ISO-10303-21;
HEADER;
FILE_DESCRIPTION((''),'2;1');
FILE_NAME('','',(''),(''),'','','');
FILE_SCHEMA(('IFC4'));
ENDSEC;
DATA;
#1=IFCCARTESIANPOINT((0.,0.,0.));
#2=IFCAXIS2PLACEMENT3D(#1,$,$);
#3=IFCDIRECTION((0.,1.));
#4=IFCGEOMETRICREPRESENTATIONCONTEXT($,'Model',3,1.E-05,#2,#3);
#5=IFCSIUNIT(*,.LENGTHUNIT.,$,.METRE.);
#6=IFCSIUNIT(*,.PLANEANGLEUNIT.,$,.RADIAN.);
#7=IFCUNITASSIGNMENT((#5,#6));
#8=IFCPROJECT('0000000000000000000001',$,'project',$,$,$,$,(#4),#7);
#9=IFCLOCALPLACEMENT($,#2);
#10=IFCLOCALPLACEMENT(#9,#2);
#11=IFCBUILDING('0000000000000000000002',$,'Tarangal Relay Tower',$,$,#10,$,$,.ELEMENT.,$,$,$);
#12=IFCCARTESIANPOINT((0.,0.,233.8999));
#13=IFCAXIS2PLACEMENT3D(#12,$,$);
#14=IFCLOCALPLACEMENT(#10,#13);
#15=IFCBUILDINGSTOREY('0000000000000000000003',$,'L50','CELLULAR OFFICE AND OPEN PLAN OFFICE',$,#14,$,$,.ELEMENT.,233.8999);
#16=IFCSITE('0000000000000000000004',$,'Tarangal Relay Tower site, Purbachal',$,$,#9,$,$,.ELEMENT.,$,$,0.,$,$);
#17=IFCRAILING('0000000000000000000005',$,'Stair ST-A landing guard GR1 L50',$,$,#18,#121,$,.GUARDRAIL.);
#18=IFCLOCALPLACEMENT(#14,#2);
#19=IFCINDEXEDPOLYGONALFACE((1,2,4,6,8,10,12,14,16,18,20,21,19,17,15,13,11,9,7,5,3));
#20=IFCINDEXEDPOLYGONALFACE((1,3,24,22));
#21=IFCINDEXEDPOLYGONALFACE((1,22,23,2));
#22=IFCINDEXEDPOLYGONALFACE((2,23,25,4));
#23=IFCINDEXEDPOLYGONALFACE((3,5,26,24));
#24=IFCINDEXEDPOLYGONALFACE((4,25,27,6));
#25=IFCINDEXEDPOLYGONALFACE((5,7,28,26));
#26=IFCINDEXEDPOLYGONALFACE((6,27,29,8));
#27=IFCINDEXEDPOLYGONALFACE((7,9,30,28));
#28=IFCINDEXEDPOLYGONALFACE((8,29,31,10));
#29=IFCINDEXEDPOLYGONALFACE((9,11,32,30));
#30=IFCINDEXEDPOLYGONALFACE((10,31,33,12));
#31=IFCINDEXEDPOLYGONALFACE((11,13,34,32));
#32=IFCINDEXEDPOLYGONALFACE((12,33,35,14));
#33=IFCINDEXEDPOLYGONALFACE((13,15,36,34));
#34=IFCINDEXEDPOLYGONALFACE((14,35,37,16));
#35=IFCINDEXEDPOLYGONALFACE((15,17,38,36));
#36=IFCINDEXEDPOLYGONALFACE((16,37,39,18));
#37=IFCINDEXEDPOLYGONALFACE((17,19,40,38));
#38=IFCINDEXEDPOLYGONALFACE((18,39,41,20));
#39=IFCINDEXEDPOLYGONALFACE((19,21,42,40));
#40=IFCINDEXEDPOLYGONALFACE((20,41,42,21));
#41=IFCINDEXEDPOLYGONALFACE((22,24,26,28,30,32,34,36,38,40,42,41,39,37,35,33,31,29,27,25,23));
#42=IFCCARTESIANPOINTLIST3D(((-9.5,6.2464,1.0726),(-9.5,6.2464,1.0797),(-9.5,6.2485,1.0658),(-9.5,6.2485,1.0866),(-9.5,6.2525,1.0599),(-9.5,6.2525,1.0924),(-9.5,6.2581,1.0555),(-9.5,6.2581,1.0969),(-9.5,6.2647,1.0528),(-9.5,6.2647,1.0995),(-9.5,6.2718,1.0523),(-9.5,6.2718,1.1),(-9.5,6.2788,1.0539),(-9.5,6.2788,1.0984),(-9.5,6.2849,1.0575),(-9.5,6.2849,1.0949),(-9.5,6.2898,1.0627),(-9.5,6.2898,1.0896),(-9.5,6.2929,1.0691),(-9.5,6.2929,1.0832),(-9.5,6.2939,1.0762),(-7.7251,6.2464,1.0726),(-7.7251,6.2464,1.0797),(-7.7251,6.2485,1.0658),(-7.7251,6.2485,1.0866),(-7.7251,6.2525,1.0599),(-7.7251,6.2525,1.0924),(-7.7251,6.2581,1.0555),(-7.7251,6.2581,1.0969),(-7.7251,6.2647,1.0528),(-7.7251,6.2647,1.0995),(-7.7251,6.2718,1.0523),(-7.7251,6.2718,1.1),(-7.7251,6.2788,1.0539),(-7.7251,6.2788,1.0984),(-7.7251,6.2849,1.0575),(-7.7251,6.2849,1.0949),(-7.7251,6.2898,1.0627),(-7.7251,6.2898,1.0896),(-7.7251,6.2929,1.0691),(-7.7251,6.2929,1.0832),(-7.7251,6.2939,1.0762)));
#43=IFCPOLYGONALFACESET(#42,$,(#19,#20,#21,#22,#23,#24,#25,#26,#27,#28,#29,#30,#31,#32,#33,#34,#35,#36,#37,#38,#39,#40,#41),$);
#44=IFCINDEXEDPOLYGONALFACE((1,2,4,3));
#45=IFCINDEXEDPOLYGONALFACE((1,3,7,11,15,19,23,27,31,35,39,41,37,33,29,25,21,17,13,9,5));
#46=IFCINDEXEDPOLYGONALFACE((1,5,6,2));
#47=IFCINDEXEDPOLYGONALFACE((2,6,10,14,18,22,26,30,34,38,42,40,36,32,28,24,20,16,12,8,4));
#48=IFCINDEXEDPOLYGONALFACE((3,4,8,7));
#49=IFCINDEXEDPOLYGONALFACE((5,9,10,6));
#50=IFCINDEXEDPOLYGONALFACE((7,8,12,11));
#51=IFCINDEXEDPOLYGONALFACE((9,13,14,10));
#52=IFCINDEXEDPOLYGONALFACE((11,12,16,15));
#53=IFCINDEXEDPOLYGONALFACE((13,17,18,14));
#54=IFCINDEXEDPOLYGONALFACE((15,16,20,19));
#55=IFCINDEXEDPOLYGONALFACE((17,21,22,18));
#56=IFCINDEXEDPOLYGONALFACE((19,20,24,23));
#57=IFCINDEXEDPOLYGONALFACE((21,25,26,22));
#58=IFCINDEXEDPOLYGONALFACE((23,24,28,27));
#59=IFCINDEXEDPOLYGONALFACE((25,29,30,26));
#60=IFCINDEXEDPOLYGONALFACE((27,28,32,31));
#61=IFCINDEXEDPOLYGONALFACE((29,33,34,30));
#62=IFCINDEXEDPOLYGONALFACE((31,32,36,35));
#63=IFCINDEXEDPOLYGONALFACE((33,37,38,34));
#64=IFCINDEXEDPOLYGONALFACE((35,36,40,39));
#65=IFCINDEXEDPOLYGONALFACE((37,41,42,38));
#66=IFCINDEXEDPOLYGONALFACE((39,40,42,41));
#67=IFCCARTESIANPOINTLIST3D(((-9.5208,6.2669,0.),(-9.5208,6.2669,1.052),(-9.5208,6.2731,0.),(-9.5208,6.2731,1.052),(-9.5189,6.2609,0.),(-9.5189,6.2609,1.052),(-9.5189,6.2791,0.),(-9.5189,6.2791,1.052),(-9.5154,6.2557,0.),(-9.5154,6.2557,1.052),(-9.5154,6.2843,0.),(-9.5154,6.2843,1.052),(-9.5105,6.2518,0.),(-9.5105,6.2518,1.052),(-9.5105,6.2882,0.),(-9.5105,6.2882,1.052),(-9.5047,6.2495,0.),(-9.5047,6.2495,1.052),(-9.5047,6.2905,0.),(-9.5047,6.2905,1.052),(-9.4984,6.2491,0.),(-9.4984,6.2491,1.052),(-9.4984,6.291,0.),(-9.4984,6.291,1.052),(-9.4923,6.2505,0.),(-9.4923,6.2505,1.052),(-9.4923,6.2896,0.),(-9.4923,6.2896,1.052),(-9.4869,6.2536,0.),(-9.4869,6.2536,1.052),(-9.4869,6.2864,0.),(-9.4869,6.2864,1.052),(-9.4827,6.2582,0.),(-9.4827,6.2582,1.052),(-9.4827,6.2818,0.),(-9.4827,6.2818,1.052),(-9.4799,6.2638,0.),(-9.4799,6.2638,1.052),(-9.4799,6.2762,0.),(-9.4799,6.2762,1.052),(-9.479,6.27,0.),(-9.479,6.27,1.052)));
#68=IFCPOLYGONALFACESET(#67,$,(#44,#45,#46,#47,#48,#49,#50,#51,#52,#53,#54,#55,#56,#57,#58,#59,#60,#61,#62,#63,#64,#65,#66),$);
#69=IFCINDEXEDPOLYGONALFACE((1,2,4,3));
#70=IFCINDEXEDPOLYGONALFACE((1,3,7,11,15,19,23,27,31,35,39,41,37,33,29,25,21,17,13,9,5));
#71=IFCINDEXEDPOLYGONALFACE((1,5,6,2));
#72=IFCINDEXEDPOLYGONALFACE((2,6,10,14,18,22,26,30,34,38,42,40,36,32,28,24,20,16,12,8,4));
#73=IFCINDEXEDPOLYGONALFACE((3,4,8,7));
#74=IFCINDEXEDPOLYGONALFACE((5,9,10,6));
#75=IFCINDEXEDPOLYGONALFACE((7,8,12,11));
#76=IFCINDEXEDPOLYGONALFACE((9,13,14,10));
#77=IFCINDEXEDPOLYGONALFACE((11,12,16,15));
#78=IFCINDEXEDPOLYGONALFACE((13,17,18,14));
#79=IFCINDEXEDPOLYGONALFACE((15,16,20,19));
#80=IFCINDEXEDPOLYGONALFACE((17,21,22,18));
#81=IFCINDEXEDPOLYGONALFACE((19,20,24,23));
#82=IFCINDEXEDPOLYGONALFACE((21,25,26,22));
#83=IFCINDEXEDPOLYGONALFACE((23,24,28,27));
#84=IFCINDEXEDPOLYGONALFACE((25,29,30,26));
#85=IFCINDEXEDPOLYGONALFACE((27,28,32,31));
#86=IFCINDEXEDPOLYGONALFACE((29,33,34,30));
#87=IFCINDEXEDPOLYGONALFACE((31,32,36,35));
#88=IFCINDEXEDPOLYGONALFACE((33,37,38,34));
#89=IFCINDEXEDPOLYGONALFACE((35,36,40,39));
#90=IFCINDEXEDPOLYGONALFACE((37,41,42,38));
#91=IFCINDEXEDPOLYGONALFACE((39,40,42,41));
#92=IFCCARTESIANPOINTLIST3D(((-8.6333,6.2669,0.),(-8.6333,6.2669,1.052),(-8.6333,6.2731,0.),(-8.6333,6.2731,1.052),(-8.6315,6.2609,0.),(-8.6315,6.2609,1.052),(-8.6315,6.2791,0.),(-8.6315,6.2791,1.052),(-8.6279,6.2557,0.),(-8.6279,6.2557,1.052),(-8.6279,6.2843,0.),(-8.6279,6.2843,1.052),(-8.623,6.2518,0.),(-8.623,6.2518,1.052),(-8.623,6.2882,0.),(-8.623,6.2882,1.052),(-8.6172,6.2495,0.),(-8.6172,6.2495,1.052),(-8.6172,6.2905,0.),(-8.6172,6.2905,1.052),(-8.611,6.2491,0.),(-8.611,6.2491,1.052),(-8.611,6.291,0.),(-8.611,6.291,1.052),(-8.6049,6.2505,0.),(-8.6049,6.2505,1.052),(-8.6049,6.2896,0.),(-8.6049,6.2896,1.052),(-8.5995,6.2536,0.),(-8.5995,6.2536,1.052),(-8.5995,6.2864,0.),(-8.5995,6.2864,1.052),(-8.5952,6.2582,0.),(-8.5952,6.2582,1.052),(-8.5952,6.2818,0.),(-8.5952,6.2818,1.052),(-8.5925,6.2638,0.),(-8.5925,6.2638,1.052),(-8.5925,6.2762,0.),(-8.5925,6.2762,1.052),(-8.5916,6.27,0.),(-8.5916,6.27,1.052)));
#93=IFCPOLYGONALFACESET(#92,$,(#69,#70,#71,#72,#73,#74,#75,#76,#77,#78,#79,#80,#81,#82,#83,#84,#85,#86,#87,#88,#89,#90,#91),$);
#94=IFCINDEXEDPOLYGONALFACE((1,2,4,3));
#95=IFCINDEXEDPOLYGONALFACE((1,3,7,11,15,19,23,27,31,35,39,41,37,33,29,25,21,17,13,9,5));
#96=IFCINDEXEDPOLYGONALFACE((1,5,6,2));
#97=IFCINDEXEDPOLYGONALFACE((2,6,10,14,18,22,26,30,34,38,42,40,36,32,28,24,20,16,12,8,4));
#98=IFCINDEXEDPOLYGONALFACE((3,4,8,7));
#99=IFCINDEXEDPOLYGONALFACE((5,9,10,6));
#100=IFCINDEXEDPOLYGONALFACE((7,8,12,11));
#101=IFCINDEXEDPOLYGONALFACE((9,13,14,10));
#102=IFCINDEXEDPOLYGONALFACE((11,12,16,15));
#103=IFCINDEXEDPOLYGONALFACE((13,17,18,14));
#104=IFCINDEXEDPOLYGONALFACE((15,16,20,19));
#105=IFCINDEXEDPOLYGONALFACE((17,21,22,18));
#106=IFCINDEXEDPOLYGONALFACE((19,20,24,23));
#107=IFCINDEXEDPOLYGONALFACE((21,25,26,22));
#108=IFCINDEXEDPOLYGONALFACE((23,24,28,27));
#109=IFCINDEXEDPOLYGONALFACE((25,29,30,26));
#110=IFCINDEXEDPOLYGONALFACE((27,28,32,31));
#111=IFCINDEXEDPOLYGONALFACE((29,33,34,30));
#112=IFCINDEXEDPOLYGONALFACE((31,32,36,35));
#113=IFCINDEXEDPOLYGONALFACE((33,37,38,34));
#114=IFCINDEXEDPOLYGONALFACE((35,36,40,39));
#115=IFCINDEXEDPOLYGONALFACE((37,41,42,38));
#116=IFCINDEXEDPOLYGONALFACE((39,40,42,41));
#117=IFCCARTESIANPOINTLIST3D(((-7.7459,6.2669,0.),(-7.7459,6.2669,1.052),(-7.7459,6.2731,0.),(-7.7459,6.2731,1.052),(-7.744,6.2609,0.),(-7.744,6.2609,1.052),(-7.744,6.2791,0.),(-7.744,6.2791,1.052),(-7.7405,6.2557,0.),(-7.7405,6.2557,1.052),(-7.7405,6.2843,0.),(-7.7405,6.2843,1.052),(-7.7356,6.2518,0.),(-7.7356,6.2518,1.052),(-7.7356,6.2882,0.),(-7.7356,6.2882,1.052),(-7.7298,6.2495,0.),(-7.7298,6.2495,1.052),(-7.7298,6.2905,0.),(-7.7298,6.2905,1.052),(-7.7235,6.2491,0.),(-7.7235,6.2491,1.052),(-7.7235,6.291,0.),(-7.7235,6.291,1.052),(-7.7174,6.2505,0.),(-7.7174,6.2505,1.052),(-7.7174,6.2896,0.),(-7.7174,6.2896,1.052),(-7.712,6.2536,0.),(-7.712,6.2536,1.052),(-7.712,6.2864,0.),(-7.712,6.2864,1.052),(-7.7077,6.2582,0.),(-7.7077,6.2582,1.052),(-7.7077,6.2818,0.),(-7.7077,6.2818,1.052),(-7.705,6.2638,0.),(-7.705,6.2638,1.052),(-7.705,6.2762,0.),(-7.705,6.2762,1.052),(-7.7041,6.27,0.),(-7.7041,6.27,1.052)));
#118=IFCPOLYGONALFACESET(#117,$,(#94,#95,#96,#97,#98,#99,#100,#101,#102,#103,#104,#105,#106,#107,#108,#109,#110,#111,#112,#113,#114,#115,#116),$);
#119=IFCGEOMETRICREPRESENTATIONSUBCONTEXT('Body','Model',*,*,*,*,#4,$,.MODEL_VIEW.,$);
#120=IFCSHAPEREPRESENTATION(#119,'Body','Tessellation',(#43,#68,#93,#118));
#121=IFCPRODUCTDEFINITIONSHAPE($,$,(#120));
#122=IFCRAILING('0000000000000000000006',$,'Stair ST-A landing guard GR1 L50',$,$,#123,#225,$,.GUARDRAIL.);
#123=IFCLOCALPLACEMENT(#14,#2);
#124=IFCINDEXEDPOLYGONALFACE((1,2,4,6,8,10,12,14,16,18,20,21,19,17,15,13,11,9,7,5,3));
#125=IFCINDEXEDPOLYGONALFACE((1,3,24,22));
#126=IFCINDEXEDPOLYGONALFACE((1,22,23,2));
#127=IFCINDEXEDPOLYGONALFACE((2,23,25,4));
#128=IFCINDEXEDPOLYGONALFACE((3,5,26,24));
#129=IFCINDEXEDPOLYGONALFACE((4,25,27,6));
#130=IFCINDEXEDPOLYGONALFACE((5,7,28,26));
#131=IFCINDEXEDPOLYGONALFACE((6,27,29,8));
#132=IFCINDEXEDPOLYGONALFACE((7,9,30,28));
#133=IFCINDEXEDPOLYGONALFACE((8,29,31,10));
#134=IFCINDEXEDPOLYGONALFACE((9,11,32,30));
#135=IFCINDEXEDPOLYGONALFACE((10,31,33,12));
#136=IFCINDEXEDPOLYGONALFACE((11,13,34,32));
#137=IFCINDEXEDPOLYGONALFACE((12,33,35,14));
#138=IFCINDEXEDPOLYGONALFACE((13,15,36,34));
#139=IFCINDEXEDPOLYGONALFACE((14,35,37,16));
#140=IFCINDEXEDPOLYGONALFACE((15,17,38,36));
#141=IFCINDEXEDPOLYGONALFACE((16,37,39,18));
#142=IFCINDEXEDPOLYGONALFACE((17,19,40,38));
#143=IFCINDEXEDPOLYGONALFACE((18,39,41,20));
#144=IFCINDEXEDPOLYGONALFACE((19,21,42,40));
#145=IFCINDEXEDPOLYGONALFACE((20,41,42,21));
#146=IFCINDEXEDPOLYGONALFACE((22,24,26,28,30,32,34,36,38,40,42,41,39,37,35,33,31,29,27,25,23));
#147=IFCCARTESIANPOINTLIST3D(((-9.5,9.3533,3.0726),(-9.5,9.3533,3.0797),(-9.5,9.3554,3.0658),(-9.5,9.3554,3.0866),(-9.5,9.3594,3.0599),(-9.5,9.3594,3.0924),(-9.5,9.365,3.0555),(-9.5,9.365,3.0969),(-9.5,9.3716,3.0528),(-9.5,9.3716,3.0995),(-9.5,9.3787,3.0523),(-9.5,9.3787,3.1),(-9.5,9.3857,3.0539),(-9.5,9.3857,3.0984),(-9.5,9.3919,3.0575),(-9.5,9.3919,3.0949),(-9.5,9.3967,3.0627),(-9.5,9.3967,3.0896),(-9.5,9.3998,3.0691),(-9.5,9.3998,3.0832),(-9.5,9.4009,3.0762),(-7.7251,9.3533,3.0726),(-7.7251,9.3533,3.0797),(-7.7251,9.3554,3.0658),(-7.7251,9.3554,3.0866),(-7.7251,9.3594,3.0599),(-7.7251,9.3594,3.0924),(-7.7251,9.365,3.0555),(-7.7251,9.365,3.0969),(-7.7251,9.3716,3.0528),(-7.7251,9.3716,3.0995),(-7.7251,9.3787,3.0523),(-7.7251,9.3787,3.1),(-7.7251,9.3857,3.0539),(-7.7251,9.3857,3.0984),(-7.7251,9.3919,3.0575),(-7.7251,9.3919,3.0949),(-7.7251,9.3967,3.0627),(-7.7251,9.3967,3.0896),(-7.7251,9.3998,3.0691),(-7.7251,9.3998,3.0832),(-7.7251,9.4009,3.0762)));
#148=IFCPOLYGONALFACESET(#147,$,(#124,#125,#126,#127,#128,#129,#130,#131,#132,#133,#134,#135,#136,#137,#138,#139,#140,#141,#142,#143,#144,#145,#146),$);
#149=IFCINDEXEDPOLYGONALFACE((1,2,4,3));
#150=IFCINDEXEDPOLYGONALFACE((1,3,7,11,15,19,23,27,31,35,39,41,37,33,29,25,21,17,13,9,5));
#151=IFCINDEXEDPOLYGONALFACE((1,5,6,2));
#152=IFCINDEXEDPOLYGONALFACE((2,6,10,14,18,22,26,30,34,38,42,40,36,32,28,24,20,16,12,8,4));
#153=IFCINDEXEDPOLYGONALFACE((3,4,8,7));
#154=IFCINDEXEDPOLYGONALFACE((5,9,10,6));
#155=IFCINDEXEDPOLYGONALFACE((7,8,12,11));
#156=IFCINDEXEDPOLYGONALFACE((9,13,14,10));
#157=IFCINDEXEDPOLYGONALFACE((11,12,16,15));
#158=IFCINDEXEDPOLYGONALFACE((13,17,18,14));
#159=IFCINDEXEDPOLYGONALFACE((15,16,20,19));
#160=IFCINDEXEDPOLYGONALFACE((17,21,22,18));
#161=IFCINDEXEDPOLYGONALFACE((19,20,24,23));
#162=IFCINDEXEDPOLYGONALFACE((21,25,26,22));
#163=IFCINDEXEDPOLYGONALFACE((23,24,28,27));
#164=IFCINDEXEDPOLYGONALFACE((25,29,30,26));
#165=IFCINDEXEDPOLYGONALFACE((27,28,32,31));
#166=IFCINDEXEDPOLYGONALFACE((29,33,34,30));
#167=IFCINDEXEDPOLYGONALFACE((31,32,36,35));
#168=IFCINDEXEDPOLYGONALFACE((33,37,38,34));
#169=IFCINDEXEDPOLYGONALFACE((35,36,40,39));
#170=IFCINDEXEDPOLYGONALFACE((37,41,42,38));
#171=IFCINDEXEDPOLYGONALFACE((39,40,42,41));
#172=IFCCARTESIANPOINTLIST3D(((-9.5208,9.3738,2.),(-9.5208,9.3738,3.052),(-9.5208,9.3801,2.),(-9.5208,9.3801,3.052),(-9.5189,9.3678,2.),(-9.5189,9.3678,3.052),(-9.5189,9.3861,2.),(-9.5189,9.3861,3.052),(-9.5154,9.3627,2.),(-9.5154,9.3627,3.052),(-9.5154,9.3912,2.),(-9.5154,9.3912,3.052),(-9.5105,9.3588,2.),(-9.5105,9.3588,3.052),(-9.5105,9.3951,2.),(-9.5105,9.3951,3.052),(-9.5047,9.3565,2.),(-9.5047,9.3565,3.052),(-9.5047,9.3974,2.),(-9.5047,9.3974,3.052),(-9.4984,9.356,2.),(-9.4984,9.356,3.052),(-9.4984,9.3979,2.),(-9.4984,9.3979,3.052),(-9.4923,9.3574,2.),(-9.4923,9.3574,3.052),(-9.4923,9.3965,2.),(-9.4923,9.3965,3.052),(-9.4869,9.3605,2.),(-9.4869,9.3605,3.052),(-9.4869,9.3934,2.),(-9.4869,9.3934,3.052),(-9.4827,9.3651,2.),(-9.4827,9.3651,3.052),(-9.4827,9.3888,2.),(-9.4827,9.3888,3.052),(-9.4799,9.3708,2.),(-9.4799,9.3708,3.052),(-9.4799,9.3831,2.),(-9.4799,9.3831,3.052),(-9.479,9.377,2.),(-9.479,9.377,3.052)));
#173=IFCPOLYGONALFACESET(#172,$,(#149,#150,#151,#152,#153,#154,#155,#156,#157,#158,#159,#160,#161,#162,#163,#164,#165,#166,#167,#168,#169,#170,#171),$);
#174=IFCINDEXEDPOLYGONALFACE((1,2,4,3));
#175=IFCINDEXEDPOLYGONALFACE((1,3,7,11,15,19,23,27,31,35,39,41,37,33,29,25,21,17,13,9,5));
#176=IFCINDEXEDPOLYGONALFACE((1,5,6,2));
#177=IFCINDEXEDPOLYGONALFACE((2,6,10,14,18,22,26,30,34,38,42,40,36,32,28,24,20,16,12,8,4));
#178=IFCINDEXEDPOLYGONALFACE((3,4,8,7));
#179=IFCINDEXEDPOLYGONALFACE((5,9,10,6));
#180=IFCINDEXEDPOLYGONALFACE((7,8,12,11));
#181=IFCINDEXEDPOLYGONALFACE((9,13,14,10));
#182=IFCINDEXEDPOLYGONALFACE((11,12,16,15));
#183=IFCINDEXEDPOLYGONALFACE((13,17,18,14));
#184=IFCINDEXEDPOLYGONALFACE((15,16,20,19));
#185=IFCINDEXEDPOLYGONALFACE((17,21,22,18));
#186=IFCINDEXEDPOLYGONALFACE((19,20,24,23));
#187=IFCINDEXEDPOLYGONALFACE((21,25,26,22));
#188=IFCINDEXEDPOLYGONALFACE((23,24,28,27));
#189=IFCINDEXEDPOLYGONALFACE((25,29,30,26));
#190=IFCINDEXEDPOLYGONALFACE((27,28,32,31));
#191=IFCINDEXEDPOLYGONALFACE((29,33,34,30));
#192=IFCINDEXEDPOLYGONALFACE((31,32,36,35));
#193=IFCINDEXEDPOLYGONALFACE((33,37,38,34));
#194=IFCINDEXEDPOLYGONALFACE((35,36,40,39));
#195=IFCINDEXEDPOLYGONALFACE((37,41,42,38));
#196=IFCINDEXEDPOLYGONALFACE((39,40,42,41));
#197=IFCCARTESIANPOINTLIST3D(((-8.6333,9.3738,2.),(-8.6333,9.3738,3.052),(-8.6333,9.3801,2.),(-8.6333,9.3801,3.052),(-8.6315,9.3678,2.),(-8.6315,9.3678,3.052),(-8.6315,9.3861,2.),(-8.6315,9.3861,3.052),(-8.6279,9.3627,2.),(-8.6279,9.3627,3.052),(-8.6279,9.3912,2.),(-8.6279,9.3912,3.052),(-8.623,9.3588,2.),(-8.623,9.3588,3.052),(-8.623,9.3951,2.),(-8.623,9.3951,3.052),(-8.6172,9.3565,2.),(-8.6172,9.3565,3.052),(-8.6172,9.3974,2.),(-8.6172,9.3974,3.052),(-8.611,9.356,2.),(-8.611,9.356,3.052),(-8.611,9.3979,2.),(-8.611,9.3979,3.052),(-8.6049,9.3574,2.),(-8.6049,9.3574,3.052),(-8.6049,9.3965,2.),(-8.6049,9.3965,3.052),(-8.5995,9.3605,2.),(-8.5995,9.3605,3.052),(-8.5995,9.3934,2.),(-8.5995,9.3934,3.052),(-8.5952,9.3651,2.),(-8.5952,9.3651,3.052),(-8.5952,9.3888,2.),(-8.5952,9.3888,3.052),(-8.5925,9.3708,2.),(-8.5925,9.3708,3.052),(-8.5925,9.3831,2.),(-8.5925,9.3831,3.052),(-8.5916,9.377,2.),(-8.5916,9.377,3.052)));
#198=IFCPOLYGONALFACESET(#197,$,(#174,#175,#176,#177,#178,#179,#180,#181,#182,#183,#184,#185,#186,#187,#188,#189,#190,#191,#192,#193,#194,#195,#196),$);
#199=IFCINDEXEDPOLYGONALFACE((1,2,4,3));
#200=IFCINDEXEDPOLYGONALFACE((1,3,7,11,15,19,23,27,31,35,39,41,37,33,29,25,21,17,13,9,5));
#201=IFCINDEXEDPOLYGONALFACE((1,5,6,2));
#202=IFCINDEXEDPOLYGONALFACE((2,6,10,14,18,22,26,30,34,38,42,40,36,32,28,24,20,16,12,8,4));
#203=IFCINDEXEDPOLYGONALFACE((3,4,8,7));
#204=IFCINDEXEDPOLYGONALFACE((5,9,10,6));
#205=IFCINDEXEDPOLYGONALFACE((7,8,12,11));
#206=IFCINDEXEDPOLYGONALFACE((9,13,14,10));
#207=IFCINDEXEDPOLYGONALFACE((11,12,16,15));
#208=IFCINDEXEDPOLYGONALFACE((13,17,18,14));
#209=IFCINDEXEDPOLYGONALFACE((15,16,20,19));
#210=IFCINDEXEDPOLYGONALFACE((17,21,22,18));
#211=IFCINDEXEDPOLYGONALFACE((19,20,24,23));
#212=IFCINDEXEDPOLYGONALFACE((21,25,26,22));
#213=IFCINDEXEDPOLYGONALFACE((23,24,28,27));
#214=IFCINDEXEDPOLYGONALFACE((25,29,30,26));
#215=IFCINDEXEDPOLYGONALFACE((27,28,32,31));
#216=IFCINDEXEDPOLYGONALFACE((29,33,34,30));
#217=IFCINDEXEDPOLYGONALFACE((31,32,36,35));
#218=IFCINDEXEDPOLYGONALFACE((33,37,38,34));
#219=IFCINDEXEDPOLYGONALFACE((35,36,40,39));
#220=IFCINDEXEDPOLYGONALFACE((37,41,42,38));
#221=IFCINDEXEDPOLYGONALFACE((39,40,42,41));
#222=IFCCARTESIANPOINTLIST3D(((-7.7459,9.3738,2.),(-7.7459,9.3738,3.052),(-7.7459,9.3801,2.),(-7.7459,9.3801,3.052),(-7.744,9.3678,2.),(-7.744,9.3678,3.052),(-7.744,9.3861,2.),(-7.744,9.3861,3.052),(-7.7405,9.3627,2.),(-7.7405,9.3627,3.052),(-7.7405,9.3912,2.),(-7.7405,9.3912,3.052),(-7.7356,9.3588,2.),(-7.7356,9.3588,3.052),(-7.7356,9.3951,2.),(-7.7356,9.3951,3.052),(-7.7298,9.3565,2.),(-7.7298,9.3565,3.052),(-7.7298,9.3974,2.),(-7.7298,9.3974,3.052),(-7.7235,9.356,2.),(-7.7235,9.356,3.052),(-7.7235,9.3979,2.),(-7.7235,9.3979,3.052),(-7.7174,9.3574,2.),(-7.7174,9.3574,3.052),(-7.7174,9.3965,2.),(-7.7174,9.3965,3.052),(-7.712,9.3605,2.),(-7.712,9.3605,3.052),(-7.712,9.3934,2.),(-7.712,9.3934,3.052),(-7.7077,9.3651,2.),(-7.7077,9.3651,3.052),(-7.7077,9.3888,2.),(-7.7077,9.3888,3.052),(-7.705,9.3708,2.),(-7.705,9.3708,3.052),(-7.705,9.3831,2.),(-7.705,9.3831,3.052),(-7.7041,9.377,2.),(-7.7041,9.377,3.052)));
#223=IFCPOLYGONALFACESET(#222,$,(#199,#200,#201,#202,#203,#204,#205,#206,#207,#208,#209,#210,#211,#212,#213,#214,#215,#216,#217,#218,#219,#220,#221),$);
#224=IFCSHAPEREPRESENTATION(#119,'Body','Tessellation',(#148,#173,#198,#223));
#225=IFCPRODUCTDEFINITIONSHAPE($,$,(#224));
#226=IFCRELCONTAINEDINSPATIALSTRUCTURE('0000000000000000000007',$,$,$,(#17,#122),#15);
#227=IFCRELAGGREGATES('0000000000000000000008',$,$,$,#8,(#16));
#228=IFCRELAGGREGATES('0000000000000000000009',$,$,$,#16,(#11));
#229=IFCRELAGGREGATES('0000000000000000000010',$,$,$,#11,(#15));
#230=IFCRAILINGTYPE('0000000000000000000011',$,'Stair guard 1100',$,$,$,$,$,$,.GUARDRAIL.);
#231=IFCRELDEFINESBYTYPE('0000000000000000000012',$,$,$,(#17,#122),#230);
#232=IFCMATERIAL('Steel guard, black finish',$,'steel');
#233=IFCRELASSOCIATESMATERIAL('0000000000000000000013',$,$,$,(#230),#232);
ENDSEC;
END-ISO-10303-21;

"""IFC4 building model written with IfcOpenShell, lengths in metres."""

from ifc_helpers import new_model, si_unit, direction, frame, origin, origin_2d, place, context, subcontext, project, spatial, circle, extrude, material, type_object, element, save


model = new_model("IFC4")

# Units and contexts
model_context = context("Model", 3, precision=1e-05, world=origin(), true_north=direction((0.0, 1.0)))
body_context = subcontext(model_context, "Body", "Model", "MODEL_VIEW")
ifc_project = project(units=[si_unit("LENGTHUNIT", "METRE"), si_unit("PLANEANGLEUNIT", "RADIAN")], contexts=[model_context])

# Site, building, storey
site_placement = place(None, origin())
site = spatial("IfcSite", under=ifc_project, at=site_placement, Name="Tarangal Relay Tower site, Purbachal", CompositionType="ELEMENT", RefElevation=0.0)
building_placement = place(site_placement, origin())
building = spatial("IfcBuilding", under=site, at=building_placement, Name="Tarangal Relay Tower", CompositionType="ELEMENT")
storey_placement = place(building_placement, frame((0.0, 0.0, 233.8999)))
storey = spatial("IfcBuildingStorey", under=building, at=storey_placement, Name="L50", Description="CELLULAR OFFICE AND OPEN PLAN OFFICE", CompositionType="ELEMENT", Elevation=233.8999)

# Railings
ifc_material_1 = material(Name="Steel guard, black finish", Category="steel")
railing_type_1 = type_object("IfcRailingType", Name="Stair guard 1100", PredefinedType="GUARDRAIL", material=ifc_material_1)
for number, where, name in (
    (1, (-9.5, 6.27, 0.0), "Stair ST-A landing guard GR1 L50"),
    (2, (-9.5, 9.377, 2.0), "Stair ST-A landing guard GR1 L50"),
):
    element("IfcRailing", number, at=place(storey_placement, frame(where)), inside=storey, type_object=railing_type_1, Name=name, PredefinedType="GUARDRAIL", context=body_context, shape_type="SweptSolid", body=[
        extrude(circle(Radius=0.0239, at=origin_2d()), frame((0.0, 0.0, 1.0762), z_axis=(1.0, 0.0, 0.0), x_axis=(0.0, 1.0, 0.0)), (0.0, 0.0, 1.0), 1.7749),
        extrude(circle(Radius=0.021, at=origin_2d()), origin(), (0.0, 0.0, 1.0), 1.052),
        extrude(circle(Radius=0.021, at=origin_2d()), frame((0.8875, 0.0, 0.0)), (0.0, 0.0, 1.0), 1.052),
        extrude(circle(Radius=0.021, at=origin_2d()), frame((1.7749, 0.0, 0.0)), (0.0, 0.0, 1.0), 1.052),
    ])

save(model, "model.ifc")
